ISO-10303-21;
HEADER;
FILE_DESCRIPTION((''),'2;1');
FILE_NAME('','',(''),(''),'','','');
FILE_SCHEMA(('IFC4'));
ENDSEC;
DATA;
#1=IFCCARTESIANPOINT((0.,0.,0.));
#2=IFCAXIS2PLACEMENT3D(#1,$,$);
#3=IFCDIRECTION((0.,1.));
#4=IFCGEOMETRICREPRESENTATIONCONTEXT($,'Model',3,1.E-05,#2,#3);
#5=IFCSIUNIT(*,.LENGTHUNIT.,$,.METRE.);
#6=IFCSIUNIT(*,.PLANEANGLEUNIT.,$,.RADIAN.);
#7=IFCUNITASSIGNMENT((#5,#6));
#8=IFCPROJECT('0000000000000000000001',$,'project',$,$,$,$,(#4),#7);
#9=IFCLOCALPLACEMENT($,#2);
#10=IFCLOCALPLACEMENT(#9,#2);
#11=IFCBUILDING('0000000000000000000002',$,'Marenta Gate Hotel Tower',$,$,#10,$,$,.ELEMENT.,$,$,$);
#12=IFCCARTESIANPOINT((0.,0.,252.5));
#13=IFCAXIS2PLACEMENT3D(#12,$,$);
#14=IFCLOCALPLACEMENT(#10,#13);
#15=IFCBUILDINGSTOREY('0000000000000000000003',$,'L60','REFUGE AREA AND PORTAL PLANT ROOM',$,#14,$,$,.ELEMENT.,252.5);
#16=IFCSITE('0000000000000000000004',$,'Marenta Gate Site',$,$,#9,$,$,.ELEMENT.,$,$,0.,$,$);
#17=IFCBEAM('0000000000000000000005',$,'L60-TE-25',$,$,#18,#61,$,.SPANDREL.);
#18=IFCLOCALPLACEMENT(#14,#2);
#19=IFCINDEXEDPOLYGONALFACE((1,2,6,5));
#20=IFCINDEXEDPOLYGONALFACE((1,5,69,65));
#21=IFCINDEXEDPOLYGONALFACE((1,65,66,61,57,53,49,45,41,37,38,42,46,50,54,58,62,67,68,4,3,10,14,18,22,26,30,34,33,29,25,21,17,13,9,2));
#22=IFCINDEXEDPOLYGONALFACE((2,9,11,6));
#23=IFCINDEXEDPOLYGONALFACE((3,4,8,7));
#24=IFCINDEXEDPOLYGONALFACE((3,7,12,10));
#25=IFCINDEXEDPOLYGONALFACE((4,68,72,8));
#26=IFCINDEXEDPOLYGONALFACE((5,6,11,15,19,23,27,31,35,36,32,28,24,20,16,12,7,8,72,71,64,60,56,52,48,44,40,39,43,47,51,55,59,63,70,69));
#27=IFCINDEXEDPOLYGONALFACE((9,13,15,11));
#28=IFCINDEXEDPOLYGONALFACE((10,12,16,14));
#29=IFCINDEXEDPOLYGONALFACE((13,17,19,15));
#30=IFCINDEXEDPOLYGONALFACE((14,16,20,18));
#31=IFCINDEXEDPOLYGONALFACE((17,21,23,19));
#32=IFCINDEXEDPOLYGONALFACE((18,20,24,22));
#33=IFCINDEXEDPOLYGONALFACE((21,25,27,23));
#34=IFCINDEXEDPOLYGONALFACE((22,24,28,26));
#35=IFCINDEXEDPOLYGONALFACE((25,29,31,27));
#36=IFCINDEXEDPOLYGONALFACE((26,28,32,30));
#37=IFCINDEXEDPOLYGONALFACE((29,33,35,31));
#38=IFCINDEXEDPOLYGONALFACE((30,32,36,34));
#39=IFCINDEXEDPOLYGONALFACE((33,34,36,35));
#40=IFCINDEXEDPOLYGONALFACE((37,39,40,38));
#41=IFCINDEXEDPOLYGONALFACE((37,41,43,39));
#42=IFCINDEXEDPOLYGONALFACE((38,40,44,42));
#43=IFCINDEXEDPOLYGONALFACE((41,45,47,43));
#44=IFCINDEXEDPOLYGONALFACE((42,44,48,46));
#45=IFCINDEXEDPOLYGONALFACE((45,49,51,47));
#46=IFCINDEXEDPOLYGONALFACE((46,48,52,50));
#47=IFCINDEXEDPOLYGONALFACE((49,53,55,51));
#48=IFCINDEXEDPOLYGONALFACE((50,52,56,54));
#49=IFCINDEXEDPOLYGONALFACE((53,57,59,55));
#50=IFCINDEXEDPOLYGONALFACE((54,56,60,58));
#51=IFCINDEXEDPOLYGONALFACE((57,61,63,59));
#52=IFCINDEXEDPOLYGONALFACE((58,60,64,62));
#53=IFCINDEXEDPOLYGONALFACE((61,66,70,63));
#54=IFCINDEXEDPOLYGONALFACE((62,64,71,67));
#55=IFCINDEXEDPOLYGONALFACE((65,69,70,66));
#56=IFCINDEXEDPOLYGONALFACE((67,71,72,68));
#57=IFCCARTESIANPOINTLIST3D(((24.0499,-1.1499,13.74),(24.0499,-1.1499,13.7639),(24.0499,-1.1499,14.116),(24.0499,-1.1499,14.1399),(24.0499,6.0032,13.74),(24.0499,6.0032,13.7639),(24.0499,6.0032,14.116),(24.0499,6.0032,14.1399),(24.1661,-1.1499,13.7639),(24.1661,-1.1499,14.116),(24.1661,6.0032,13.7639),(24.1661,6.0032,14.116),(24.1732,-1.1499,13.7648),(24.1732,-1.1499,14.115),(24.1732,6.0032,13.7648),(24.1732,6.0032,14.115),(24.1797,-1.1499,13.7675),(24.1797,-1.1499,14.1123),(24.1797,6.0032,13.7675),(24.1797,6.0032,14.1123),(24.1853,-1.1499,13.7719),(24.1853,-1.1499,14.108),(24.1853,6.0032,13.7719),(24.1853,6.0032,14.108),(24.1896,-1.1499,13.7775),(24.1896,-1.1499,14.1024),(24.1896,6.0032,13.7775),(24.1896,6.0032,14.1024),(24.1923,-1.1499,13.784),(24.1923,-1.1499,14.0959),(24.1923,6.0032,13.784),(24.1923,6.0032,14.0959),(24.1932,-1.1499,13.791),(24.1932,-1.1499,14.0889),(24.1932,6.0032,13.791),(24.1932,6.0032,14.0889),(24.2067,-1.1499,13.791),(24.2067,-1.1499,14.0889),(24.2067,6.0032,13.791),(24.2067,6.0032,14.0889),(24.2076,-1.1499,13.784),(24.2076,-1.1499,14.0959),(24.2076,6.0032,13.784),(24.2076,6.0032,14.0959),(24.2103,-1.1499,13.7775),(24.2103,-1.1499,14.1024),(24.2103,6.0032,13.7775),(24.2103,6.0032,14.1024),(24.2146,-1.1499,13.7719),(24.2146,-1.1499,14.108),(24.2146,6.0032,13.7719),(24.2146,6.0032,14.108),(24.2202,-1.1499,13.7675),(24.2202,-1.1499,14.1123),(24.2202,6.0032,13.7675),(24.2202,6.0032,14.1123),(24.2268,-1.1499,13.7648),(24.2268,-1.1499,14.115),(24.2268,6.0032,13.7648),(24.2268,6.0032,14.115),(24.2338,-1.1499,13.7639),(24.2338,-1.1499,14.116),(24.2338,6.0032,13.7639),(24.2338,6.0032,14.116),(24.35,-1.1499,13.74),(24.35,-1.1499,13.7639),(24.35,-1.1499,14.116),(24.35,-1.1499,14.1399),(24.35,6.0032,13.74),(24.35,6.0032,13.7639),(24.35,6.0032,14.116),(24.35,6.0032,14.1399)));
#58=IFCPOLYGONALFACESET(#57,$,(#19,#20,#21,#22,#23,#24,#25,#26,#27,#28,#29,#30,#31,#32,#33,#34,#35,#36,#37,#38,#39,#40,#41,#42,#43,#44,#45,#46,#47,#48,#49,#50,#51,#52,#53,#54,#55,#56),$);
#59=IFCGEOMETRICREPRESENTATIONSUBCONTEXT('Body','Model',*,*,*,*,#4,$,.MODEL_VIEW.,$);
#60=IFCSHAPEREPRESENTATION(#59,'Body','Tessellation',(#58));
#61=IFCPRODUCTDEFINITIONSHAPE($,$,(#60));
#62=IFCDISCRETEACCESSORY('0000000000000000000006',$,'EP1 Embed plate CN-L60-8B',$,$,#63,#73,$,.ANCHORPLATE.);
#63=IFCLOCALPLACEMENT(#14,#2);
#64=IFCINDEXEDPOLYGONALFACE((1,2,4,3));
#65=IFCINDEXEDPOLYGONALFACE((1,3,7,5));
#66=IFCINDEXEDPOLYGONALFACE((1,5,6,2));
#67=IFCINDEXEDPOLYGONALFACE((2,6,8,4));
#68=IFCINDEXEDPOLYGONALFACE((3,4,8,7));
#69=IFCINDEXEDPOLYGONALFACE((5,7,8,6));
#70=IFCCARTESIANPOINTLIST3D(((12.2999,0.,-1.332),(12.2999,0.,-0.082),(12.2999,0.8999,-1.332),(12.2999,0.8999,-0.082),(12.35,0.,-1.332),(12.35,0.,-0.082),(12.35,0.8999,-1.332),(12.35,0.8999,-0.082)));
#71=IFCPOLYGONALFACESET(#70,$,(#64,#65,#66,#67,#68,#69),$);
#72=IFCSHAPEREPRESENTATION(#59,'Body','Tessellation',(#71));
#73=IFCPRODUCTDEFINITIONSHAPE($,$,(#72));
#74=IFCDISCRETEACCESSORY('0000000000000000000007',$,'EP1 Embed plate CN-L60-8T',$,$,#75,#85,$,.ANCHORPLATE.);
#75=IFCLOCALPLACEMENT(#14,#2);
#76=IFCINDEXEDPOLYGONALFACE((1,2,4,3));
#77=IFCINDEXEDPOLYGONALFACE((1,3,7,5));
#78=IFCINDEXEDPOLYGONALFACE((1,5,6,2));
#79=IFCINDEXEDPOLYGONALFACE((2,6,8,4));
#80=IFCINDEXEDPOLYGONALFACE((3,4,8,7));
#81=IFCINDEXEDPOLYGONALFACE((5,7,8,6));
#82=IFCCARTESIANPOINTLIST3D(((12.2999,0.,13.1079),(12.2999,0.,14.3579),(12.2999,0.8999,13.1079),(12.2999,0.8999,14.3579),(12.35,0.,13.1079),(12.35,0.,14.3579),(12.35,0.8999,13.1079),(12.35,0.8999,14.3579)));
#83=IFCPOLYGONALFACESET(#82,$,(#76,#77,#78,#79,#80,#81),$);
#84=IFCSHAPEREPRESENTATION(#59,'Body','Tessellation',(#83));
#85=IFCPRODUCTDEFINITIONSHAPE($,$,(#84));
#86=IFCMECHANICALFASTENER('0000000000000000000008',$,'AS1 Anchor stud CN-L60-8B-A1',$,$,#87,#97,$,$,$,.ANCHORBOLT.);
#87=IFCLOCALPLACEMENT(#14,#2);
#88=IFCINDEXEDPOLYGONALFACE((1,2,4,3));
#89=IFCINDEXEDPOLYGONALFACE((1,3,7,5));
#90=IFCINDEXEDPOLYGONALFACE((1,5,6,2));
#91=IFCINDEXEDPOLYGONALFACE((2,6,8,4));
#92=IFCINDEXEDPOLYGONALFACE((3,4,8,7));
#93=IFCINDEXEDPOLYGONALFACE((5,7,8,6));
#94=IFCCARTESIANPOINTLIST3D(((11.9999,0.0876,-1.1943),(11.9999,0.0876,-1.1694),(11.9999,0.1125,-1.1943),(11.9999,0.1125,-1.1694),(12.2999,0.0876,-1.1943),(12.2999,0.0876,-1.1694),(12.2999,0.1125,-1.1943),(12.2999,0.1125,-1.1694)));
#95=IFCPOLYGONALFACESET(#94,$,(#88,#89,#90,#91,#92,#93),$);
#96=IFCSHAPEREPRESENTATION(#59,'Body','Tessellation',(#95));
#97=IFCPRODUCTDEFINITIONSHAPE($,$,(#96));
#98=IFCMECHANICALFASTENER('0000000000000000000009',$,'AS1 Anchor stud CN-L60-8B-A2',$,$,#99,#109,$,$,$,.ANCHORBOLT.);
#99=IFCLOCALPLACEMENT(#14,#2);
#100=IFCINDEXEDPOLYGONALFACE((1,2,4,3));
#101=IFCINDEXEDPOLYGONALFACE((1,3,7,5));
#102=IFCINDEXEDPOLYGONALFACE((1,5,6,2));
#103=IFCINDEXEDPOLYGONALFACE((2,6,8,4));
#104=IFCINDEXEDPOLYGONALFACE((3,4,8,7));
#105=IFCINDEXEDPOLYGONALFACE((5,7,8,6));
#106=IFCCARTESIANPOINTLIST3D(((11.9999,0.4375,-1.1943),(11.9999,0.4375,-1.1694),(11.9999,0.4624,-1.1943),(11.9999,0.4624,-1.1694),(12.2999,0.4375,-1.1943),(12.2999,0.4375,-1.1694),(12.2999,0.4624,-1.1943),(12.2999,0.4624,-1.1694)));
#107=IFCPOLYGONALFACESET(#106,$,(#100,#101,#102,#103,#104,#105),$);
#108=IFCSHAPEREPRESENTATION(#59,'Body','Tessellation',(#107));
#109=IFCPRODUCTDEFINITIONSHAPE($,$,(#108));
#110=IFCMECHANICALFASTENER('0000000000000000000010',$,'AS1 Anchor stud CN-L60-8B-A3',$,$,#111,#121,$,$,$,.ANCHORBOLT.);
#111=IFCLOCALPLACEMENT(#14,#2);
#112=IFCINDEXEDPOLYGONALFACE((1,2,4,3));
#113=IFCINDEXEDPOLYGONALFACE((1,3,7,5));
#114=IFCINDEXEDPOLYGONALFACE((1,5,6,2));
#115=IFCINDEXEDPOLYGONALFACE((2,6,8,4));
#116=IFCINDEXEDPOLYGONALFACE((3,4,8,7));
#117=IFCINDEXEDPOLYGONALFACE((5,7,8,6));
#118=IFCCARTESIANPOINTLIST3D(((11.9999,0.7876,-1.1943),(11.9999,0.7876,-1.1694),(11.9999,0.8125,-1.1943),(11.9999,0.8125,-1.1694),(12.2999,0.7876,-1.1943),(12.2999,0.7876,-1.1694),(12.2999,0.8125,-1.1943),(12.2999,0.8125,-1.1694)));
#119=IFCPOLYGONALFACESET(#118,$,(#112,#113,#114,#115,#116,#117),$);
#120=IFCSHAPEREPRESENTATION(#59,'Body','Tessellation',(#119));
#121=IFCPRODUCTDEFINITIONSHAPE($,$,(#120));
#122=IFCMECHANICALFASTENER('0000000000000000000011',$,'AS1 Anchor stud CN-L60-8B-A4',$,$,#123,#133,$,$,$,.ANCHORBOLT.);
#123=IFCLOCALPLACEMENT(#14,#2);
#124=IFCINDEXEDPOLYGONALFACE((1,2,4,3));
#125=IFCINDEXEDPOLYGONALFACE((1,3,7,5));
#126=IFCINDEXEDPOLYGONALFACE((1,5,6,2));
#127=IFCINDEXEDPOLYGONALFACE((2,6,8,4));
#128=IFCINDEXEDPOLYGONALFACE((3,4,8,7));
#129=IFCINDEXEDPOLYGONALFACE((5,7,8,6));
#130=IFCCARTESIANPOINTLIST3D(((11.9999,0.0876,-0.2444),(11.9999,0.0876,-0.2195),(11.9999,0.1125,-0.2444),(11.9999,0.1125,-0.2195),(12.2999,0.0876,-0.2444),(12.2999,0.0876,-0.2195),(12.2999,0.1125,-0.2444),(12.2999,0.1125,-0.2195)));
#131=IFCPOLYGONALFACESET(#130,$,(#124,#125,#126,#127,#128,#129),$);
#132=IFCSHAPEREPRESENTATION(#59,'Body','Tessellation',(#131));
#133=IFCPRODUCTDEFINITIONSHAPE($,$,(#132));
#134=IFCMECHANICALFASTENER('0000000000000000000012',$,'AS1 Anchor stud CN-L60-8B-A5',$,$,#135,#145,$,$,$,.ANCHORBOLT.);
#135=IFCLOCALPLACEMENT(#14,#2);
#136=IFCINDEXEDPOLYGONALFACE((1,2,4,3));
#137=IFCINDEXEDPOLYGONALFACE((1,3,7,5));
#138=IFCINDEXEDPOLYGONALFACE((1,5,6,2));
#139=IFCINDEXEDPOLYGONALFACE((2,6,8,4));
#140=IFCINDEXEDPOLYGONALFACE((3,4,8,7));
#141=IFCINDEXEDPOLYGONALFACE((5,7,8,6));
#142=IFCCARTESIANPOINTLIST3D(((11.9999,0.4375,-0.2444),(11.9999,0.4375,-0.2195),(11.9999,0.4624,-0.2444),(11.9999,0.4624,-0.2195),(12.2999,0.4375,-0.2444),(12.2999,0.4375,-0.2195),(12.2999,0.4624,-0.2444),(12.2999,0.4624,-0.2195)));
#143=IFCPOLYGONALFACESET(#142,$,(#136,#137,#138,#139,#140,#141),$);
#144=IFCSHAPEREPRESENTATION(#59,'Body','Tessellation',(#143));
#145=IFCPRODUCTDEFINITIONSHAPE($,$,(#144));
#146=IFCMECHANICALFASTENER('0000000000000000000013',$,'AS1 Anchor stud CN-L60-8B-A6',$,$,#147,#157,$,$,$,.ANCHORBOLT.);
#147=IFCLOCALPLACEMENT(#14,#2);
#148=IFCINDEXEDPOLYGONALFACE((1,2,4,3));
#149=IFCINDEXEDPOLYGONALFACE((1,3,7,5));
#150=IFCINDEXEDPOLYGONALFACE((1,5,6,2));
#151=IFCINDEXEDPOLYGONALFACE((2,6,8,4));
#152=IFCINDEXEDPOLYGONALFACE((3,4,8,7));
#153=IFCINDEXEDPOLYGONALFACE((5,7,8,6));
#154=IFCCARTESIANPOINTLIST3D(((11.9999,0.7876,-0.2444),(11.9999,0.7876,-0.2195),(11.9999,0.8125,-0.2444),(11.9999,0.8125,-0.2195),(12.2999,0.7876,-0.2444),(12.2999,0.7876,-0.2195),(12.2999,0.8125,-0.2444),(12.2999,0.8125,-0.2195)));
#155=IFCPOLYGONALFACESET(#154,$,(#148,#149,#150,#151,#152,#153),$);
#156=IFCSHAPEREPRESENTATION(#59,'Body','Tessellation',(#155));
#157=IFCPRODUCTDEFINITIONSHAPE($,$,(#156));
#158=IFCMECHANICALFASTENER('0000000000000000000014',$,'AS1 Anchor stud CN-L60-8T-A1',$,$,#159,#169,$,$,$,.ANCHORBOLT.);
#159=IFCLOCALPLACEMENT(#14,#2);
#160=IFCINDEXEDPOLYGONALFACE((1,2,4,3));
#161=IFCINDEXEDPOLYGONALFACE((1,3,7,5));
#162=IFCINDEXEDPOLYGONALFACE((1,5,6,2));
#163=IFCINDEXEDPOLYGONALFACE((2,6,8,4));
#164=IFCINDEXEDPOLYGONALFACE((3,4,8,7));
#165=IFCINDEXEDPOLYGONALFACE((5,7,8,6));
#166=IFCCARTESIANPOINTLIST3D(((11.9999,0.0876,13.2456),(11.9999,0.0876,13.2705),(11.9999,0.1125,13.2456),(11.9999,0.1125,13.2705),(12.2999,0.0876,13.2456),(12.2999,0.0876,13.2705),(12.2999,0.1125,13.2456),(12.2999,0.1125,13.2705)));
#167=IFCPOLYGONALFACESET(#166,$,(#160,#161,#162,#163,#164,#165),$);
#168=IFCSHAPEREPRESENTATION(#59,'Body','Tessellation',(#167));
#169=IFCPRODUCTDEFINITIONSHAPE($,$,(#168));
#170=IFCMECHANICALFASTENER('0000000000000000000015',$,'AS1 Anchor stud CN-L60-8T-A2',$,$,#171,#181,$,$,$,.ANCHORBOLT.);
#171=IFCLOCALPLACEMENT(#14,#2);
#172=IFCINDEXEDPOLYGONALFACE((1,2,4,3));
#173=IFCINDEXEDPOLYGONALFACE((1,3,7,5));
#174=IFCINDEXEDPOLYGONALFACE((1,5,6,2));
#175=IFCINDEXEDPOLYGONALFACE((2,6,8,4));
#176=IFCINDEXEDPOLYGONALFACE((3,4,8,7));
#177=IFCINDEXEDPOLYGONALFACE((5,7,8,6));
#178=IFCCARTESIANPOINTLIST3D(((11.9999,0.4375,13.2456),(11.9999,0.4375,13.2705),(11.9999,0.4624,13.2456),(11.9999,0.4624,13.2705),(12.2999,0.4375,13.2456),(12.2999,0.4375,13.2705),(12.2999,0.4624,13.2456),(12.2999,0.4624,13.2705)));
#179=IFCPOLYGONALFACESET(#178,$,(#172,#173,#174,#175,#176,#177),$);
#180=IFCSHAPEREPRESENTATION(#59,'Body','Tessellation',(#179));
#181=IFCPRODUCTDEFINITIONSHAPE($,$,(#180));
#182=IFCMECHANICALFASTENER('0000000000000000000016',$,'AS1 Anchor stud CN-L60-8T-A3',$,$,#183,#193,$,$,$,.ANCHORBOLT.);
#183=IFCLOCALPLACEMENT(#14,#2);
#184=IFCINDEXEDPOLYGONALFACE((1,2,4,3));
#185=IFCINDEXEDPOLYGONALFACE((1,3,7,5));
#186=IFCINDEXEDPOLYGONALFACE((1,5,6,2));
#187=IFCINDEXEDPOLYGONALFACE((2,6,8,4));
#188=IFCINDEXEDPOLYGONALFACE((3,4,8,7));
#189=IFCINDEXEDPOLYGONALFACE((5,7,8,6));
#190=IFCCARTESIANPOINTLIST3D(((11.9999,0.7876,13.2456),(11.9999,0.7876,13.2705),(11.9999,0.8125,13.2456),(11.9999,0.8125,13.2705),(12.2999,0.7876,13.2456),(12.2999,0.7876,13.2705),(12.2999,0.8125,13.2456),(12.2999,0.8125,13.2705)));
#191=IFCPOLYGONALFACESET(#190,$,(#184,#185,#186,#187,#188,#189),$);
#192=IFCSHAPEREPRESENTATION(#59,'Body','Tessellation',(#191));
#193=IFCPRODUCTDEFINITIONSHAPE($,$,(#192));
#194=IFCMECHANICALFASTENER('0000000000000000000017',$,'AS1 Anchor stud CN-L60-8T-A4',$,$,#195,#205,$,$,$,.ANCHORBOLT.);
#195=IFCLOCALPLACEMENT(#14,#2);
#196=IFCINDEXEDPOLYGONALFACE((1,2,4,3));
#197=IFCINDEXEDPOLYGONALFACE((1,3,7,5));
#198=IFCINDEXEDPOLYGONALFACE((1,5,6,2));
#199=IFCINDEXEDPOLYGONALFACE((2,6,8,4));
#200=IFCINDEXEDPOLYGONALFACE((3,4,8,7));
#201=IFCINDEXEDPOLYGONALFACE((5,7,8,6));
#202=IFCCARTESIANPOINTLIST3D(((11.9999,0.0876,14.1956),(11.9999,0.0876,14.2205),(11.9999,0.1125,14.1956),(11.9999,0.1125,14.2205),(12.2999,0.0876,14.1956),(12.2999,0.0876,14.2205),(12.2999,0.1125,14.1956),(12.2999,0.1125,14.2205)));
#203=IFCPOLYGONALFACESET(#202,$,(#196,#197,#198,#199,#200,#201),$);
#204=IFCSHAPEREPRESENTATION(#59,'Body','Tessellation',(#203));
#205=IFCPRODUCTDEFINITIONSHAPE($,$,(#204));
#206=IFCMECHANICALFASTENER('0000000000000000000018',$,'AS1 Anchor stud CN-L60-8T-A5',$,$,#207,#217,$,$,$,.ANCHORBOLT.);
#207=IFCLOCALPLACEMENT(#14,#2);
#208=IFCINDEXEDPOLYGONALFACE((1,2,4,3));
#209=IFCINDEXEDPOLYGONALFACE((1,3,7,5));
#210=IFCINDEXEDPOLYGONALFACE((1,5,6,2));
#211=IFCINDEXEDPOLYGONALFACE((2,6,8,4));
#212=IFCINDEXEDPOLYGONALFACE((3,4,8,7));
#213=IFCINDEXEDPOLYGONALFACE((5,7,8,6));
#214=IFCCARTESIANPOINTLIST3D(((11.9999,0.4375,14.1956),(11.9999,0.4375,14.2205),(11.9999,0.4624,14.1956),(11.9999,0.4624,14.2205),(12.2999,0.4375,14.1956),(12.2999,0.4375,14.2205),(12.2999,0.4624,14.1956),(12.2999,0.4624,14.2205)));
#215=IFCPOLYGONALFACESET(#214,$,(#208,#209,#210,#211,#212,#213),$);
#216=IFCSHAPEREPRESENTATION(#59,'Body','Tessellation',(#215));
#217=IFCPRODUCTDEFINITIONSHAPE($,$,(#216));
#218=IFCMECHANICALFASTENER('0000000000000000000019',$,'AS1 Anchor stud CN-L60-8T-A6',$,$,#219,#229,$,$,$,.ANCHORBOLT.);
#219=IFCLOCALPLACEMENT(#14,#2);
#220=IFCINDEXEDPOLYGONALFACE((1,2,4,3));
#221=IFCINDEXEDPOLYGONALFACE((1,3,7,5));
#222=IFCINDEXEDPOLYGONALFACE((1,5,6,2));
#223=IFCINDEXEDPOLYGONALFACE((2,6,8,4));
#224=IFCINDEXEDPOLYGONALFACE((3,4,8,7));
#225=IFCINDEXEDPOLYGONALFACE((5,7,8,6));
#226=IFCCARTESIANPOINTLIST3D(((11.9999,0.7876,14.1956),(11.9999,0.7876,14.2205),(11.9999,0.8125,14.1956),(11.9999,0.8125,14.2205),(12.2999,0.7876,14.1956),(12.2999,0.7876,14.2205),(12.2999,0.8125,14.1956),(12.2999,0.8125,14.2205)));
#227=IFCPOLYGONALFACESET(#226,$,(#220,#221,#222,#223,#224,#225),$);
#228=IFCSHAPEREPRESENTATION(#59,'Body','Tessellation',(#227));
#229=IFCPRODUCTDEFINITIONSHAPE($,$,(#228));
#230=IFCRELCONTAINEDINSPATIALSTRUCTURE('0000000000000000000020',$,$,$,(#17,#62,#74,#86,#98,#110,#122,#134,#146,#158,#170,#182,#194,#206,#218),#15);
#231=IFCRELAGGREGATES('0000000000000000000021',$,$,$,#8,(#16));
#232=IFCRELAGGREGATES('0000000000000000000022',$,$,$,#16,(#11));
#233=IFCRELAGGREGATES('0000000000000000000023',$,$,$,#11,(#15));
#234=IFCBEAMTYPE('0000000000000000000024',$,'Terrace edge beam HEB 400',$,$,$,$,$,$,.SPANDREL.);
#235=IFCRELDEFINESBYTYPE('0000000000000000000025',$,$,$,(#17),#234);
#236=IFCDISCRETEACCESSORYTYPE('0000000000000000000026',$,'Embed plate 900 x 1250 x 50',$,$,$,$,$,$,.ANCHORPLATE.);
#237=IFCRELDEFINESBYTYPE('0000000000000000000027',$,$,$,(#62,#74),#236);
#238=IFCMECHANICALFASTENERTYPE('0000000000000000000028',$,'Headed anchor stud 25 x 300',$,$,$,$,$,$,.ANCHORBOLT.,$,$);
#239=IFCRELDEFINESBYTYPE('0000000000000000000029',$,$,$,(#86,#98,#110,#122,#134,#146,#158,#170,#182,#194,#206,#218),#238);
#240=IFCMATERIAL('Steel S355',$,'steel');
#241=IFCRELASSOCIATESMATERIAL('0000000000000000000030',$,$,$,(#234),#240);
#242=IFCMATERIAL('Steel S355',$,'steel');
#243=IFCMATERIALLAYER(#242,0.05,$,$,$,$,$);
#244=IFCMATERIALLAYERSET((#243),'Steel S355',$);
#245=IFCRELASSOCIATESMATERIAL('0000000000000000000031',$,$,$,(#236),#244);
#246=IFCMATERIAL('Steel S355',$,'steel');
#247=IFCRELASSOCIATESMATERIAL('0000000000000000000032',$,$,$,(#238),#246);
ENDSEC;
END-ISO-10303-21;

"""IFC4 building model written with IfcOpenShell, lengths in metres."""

from ifc_helpers import new_model, si_unit, direction, frame, origin, origin_2d, place, context, subcontext, project, spatial, rectangle, i_section, extrude, material, layer, layer_set, material_profile, profile_set, type_object, element, save


model = new_model("IFC4")

# Units and contexts
model_context = context("Model", 3, precision=1e-05, world=origin(), true_north=direction((0.0, 1.0)))
body_context = subcontext(model_context, "Body", "Model", "MODEL_VIEW")
ifc_project = project(units=[si_unit("LENGTHUNIT", "METRE"), si_unit("PLANEANGLEUNIT", "RADIAN")], contexts=[model_context])

# Site, building, storey
site_placement = place(None, origin())
site = spatial("IfcSite", under=ifc_project, at=site_placement, Name="Marenta Gate Site", CompositionType="ELEMENT", RefElevation=0.0)
building_placement = place(site_placement, origin())
building = spatial("IfcBuilding", under=site, at=building_placement, Name="Marenta Gate Hotel Tower", CompositionType="ELEMENT")
storey_placement = place(building_placement, frame((0.0, 0.0, 252.5)))
storey = spatial("IfcBuildingStorey", under=building, at=storey_placement, Name="L60", Description="REFUGE AREA AND PORTAL PLANT ROOM", CompositionType="ELEMENT", Elevation=252.5)

# Beam
ifc_material_1 = material(Name="Steel S355", Category="steel")
ifc_material_profile_1 = material_profile(ifc_material_1, i_section(OverallWidth=0.3, OverallDepth=0.3999, WebThickness=0.0134, FlangeThickness=0.0239, FilletRadius=0.0271, at=origin_2d()), Name="HEB 400")
ifc_profile_set_1 = profile_set([ifc_material_profile_1], Name="Steel S355")
beam_type_1 = type_object("IfcBeamType", Name="Terrace edge beam HEB 400", PredefinedType="SPANDREL", material=ifc_profile_set_1)
beam_1_placement = place(storey_placement, frame((24.2, 6.0032, 13.9399), z_axis=(0.0, -1.0, 0.0), x_axis=(1.0, 0.0, 0.0)))
element("IfcBeam", 1, at=beam_1_placement, inside=storey, type_object=beam_type_1, Name="L60-TE-25", PredefinedType="SPANDREL", context=body_context, shape_type="SweptSolid", body=[
    extrude(i_section(OverallWidth=0.3, OverallDepth=0.3999, WebThickness=0.0134, FlangeThickness=0.0239, FilletRadius=0.0271, at=origin_2d()), origin(), (0.0, 0.0, 1.0), 7.1531),
])

# Discrete accessories
ifc_material_2 = material(Name="Steel S355", Category="steel")
ifc_layer_1 = layer(ifc_material_2, 0.05)
ifc_layer_set_1 = layer_set([ifc_layer_1], Name="Steel S355")
discrete_accessory_type_1 = type_object("IfcDiscreteAccessoryType", Name="Embed plate 900 x 1250 x 50", PredefinedType="ANCHORPLATE", material=ifc_layer_set_1)
for number, where, z_axis, x_axis, name in (
    (2, (12.325, 0.45, -1.332), (0.0, 0.0, 1.0), (1.0, 0.0, 0.0), "EP1 Embed plate CN-L60-8B"),
    (3, (12.325, 0.45, 13.1079), (0.0, 0.0, 1.0), (1.0, 0.0, 0.0), "EP1 Embed plate CN-L60-8T"),
):
    element("IfcDiscreteAccessory", number, at=place(storey_placement, frame(where, z_axis=z_axis, x_axis=x_axis)), inside=storey, type_object=discrete_accessory_type_1, Name=name, PredefinedType="ANCHORPLATE", context=body_context, shape_type="SweptSolid", body=[
        extrude(rectangle(XDim=0.05, YDim=0.8999, at=origin_2d()), origin(), (0.0, 0.0, 1.0), 1.25),
    ])

# Mechanical fasteners
ifc_material_3 = material(Name="Steel S355", Category="steel")
mechanical_fastener_type = type_object("IfcMechanicalFastenerType", Name="Headed anchor stud 25 x 300", PredefinedType="ANCHORBOLT", material=ifc_material_3)
for number, where, z_axis, x_axis, name in (
    (4, (12.1499, 0.1001, -1.1943), (0.0, 0.0, 1.0), (1.0, 0.0, 0.0), "AS1 Anchor stud CN-L60-8B-A1"),
    (5, (12.1499, 0.45, -1.1943), (0.0, 0.0, 1.0), (1.0, 0.0, 0.0), "AS1 Anchor stud CN-L60-8B-A2"),
    (6, (12.1499, 0.8, -1.1943), (0.0, 0.0, 1.0), (1.0, 0.0, 0.0), "AS1 Anchor stud CN-L60-8B-A3"),
    (7, (12.1499, 0.1001, -0.2444), (0.0, 0.0, 1.0), (1.0, 0.0, 0.0), "AS1 Anchor stud CN-L60-8B-A4"),
    (8, (12.1499, 0.45, -0.2444), (0.0, 0.0, 1.0), (1.0, 0.0, 0.0), "AS1 Anchor stud CN-L60-8B-A5"),
    (9, (12.1499, 0.8, -0.2444), (0.0, 0.0, 1.0), (1.0, 0.0, 0.0), "AS1 Anchor stud CN-L60-8B-A6"),
    (10, (12.1499, 0.1001, 13.2456), (0.0, 0.0, 1.0), (1.0, 0.0, 0.0), "AS1 Anchor stud CN-L60-8T-A1"),
    (11, (12.1499, 0.45, 13.2456), (0.0, 0.0, 1.0), (1.0, 0.0, 0.0), "AS1 Anchor stud CN-L60-8T-A2"),
    (12, (12.1499, 0.8, 13.2456), (0.0, 0.0, 1.0), (1.0, 0.0, 0.0), "AS1 Anchor stud CN-L60-8T-A3"),
    (13, (12.1499, 0.1001, 14.1956), (0.0, 0.0, 1.0), (1.0, 0.0, 0.0), "AS1 Anchor stud CN-L60-8T-A4"),
    (14, (12.1499, 0.45, 14.1956), (0.0, 0.0, 1.0), (1.0, 0.0, 0.0), "AS1 Anchor stud CN-L60-8T-A5"),
    (15, (12.1499, 0.8, 14.1956), (0.0, 0.0, 1.0), (1.0, 0.0, 0.0), "AS1 Anchor stud CN-L60-8T-A6"),
):
    element("IfcMechanicalFastener", number, at=place(storey_placement, frame(where, z_axis=z_axis, x_axis=x_axis)), inside=storey, type_object=mechanical_fastener_type, Name=name, PredefinedType="ANCHORBOLT", context=body_context, shape_type="SweptSolid", body=[
        extrude(rectangle(XDim=0.3, YDim=0.0249, at=origin_2d()), origin(), (0.0, 0.0, 1.0), 0.0249),
    ])

save(model, "model.ifc")
